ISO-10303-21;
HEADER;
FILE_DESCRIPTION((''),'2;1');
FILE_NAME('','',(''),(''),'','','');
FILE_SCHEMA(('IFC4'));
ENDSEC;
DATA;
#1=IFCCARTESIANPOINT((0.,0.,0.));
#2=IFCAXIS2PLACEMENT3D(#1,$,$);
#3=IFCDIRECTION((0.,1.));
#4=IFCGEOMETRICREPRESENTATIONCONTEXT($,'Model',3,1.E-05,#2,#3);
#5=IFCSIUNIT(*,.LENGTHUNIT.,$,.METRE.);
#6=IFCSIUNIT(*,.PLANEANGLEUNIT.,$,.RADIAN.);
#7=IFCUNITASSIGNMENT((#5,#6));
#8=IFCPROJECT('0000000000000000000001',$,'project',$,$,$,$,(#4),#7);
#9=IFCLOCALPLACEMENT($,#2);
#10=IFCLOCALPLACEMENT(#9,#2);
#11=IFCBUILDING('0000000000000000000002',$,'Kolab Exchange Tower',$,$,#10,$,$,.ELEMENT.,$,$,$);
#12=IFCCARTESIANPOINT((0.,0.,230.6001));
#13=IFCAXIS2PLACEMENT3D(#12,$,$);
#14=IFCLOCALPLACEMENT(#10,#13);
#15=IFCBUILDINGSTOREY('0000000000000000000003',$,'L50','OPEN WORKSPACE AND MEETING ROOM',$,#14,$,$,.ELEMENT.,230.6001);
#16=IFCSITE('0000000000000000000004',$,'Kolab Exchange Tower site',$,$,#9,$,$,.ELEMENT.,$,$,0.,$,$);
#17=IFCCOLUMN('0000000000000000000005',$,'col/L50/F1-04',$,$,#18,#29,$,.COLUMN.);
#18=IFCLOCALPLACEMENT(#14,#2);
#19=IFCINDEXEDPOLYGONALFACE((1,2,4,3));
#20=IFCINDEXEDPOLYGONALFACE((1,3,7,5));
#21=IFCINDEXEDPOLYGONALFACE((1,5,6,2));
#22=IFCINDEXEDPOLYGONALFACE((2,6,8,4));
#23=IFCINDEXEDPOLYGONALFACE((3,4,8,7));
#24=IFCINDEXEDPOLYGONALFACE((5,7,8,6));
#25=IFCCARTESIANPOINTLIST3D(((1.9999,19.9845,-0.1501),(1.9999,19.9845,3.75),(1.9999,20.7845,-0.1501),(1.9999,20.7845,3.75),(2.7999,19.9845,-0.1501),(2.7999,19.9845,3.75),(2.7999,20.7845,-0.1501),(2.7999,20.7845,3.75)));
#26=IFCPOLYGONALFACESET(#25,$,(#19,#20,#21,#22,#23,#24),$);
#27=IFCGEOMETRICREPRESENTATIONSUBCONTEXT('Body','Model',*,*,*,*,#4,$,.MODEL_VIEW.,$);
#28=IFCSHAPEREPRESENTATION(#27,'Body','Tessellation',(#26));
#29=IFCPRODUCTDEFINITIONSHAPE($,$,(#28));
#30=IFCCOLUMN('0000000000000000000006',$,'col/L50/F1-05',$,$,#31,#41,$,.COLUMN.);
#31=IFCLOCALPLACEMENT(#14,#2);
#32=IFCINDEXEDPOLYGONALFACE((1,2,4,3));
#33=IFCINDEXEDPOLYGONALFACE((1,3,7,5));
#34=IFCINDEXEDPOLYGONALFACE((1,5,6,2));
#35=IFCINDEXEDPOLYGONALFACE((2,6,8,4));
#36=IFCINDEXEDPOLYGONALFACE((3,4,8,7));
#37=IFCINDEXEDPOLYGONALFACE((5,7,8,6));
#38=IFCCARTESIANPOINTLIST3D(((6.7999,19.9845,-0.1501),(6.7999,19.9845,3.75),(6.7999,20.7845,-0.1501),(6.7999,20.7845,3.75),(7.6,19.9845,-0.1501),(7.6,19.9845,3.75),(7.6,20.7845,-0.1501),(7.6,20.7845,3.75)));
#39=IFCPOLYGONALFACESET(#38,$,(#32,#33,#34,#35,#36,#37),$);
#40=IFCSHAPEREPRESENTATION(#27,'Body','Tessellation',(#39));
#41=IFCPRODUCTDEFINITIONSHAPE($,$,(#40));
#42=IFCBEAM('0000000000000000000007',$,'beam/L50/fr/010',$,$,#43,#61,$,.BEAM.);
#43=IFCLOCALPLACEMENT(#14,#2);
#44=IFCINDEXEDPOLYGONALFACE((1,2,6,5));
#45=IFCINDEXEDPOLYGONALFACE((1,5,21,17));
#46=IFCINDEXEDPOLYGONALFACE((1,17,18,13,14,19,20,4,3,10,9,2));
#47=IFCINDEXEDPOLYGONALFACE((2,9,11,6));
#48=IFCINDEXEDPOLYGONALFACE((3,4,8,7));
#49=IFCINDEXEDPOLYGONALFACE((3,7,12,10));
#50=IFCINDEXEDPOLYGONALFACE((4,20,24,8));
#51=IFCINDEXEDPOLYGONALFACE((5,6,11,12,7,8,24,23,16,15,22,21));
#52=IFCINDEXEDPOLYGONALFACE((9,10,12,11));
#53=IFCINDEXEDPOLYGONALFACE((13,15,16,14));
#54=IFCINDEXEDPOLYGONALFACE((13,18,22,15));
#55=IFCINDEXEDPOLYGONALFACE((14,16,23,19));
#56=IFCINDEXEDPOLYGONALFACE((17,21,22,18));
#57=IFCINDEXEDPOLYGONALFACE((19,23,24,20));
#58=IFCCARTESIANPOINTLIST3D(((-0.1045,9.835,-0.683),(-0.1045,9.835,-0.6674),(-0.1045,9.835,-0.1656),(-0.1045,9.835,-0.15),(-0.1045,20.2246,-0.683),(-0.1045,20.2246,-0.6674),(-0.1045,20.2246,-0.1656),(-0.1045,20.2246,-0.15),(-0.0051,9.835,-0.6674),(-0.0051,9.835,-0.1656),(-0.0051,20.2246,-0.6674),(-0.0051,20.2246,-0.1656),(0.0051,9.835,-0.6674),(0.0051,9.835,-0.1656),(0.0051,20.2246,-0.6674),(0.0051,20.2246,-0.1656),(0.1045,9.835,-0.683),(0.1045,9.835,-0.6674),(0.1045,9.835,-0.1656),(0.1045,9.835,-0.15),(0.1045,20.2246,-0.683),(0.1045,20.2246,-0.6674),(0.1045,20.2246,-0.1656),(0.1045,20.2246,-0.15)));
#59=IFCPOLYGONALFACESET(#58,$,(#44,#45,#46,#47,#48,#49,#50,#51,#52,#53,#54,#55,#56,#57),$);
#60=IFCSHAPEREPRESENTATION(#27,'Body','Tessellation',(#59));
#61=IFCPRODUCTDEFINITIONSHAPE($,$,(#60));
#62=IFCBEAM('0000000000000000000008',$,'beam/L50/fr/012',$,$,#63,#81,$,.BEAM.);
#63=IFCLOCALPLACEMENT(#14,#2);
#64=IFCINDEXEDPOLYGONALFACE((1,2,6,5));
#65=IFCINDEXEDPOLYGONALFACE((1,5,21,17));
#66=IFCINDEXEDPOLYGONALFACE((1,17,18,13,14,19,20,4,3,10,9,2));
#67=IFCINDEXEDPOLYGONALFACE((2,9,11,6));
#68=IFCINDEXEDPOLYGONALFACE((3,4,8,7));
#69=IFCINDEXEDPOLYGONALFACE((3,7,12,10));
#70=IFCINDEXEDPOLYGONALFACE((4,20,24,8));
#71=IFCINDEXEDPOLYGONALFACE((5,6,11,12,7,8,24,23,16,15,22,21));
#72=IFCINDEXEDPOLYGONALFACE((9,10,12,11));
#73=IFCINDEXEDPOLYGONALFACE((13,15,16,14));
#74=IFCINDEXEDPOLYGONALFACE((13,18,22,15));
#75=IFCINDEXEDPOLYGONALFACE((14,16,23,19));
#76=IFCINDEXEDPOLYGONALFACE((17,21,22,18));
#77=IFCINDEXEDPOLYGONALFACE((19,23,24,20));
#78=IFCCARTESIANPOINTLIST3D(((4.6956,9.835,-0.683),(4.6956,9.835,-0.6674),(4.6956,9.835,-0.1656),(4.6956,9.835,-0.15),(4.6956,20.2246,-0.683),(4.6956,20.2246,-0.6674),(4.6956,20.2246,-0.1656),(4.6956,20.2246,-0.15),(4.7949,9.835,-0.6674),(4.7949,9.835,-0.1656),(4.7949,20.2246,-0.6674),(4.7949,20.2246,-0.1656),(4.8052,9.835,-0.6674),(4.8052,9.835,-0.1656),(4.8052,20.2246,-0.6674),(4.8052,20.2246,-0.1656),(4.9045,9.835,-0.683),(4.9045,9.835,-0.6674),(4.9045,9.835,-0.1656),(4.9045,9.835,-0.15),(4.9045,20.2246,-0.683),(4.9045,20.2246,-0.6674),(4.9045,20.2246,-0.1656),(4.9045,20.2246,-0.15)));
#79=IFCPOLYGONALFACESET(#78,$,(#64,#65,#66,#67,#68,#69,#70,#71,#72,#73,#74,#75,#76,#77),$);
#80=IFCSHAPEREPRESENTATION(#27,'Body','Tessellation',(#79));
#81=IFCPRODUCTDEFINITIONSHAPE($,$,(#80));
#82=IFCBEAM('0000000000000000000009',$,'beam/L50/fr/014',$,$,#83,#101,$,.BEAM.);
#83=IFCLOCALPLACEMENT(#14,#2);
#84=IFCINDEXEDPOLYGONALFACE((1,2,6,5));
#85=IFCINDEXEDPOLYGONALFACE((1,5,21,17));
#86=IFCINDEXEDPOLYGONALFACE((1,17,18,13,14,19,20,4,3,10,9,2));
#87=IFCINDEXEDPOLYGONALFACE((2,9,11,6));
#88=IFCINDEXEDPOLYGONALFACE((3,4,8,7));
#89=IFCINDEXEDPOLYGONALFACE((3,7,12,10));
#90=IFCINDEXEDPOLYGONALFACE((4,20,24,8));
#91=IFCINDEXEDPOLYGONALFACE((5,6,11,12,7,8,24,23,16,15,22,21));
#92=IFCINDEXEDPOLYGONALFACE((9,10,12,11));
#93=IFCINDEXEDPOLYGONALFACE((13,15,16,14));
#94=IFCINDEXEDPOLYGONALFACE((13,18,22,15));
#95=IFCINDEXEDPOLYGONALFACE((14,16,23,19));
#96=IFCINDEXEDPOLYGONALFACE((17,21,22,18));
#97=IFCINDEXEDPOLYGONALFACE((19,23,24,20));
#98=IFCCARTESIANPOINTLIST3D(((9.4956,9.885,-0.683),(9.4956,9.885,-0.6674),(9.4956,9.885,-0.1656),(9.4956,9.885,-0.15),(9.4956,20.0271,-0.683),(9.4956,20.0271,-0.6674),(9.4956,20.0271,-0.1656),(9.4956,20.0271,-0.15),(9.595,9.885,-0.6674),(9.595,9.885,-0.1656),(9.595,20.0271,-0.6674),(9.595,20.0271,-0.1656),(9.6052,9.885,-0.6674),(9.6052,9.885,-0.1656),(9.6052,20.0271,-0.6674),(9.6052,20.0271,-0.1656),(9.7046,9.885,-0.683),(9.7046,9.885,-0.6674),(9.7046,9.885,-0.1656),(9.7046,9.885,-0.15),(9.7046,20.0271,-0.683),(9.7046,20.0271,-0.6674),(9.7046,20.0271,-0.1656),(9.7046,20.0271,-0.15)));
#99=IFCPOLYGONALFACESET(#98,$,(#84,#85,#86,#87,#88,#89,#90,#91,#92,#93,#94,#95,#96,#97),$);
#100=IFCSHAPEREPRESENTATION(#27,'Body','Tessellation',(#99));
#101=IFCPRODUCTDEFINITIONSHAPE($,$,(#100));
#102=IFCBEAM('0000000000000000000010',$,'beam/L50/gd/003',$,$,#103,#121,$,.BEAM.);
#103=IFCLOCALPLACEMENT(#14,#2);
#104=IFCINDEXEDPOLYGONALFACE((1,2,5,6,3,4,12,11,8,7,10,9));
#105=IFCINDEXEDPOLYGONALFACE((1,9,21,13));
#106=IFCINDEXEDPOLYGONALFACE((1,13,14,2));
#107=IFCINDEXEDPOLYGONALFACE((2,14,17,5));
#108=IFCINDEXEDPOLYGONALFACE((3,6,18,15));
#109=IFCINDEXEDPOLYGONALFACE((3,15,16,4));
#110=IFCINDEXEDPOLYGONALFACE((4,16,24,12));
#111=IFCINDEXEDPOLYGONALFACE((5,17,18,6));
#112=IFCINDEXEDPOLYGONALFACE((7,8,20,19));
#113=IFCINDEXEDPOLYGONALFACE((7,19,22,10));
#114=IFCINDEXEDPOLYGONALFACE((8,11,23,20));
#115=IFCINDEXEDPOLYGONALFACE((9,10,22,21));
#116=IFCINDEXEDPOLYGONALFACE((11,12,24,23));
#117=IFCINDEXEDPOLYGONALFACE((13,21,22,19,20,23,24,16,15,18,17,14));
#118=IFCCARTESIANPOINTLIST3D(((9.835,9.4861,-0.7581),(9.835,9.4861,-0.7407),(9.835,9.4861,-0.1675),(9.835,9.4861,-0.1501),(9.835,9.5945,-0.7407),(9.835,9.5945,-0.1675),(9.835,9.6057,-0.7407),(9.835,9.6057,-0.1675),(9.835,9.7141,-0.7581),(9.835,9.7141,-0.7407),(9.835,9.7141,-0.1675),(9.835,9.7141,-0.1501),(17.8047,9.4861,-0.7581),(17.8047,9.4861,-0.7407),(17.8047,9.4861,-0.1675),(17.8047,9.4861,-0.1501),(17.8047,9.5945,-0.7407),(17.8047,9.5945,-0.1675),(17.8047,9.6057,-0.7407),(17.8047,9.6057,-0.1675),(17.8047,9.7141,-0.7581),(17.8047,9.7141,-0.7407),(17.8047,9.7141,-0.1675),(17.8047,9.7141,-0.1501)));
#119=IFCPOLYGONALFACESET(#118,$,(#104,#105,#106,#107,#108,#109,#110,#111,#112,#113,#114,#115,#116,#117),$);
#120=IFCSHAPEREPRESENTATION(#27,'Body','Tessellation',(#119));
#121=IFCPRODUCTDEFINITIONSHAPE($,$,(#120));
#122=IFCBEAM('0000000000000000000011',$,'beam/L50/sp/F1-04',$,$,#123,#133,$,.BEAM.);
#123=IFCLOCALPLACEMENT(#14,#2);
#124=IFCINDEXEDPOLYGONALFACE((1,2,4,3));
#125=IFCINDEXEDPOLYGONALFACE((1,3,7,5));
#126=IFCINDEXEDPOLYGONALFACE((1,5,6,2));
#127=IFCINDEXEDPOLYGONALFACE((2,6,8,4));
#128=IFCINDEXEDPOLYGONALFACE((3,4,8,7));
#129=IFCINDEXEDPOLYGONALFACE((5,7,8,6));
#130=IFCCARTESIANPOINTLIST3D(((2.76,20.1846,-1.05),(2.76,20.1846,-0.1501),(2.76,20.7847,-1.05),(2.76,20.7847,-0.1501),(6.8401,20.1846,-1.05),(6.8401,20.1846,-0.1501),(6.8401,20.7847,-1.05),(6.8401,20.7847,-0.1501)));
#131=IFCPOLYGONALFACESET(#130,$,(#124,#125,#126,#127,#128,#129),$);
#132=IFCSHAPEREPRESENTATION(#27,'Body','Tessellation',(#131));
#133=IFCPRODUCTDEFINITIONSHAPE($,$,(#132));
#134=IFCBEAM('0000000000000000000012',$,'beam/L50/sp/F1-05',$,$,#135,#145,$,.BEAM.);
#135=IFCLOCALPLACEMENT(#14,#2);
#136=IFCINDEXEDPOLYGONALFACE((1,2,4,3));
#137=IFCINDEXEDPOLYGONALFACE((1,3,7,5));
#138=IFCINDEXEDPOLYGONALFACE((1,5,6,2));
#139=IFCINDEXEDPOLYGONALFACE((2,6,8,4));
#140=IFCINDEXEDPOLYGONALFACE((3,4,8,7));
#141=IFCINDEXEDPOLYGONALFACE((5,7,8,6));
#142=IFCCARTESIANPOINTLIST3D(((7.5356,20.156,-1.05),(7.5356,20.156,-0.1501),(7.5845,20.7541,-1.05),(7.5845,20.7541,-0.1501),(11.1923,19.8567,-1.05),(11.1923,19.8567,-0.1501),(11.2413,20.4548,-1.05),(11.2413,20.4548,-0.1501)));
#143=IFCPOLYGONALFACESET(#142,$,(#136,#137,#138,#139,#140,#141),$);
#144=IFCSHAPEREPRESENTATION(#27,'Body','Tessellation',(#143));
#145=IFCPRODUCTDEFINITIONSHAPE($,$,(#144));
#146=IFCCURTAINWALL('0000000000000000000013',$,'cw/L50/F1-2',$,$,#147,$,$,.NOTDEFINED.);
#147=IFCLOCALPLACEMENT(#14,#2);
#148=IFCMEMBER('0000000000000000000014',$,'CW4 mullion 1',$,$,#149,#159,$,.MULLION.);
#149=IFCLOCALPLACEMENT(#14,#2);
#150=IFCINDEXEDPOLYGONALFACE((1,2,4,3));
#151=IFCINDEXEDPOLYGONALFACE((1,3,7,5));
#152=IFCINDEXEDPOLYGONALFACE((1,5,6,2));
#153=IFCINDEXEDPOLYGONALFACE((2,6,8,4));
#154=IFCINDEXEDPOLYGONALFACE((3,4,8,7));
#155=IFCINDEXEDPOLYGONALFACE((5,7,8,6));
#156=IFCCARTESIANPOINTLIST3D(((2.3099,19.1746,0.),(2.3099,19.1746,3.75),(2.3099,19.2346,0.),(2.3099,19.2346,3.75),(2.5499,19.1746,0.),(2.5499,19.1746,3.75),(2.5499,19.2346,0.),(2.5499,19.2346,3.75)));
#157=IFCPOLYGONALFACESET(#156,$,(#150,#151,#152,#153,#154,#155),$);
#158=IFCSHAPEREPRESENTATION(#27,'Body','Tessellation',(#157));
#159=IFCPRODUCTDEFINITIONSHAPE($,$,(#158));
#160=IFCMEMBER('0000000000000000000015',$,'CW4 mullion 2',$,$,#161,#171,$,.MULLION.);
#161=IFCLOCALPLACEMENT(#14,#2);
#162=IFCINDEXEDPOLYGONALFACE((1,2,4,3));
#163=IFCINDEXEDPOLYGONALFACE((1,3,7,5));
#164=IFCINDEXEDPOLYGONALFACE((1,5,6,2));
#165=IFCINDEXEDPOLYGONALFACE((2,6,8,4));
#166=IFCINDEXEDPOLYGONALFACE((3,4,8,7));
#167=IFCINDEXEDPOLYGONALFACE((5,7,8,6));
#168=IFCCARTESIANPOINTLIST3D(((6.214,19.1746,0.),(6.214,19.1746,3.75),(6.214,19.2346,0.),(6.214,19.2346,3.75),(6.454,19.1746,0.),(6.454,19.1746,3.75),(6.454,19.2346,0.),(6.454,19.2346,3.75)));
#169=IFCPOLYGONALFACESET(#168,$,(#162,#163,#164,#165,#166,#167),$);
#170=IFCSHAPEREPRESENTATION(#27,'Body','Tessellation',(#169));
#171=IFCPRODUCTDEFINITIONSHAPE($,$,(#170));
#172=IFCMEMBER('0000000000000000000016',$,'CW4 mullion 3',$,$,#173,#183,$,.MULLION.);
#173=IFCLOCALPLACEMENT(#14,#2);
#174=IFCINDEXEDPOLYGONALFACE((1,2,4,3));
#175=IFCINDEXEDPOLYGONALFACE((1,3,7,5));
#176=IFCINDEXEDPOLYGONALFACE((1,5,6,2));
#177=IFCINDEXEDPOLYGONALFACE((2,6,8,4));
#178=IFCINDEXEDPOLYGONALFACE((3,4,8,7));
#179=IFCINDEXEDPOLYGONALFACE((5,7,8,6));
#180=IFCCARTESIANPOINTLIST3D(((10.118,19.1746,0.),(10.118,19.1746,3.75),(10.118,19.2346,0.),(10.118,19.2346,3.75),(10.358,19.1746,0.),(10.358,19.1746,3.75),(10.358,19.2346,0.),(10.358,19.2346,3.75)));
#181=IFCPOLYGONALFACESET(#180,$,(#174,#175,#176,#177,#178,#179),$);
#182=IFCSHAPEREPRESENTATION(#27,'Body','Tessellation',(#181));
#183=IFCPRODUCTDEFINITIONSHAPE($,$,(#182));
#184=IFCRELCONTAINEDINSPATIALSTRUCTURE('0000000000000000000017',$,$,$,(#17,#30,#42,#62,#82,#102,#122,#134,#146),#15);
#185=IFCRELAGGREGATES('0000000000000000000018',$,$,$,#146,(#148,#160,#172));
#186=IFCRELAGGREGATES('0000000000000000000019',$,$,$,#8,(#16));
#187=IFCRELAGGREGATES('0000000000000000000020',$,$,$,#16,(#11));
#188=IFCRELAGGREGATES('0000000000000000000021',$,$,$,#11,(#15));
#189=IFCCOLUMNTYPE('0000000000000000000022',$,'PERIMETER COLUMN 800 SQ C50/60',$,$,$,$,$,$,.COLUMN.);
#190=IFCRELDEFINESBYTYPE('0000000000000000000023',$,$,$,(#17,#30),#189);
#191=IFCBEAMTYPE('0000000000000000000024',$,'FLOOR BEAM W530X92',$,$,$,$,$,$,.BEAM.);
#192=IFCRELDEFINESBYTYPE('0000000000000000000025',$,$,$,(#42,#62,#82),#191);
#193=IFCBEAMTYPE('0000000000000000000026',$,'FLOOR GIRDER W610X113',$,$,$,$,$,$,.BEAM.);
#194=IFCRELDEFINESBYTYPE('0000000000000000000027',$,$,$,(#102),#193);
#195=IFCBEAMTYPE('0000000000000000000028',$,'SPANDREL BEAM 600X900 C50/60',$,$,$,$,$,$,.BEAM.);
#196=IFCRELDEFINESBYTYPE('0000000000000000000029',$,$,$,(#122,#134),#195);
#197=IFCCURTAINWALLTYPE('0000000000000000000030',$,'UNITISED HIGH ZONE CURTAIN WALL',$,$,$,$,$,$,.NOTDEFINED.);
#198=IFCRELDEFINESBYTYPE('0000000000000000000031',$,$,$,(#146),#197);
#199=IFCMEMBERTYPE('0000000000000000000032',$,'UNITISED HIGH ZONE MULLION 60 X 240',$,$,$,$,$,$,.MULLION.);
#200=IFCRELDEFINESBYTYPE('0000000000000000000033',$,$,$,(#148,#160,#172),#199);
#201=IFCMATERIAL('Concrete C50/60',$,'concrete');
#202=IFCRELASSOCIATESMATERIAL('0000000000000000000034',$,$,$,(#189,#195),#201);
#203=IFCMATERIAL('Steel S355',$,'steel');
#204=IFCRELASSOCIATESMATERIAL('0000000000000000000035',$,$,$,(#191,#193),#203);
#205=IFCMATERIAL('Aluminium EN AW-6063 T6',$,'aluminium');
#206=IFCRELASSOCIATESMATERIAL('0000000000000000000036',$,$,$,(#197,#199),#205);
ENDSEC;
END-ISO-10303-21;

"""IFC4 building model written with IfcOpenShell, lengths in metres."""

from ifc_helpers import new_model, si_unit, direction, frame, origin, origin_2d, place, context, subcontext, project, spatial, rectangle, i_section, extrude, material, material_profile, profile_set, type_object, element, aggregate, save


model = new_model("IFC4")

# Units and contexts
model_context = context("Model", 3, precision=1e-05, world=origin(), true_north=direction((0.0, 1.0)))
body_context = subcontext(model_context, "Body", "Model", "MODEL_VIEW")
ifc_project = project(units=[si_unit("LENGTHUNIT", "METRE"), si_unit("PLANEANGLEUNIT", "RADIAN")], contexts=[model_context])

# Site, building, storey
site_placement = place(None, origin())
site = spatial("IfcSite", under=ifc_project, at=site_placement, Name="Kolab Exchange Tower site", CompositionType="ELEMENT", RefElevation=0.0)
building_placement = place(site_placement, origin())
building = spatial("IfcBuilding", under=site, at=building_placement, Name="Kolab Exchange Tower", CompositionType="ELEMENT")
storey_placement = place(building_placement, frame((0.0, 0.0, 230.6001)))
storey = spatial("IfcBuildingStorey", under=building, at=storey_placement, Name="L50", Description="OPEN WORKSPACE AND MEETING ROOM", CompositionType="ELEMENT", Elevation=230.6001)

# Columns
ifc_material_1 = material(Name="Concrete C50/60", Category="concrete")
ifc_material_profile_1 = material_profile(ifc_material_1, rectangle(XDim=0.8, YDim=0.8, at=origin_2d()), Name="RC800")
ifc_profile_set_1 = profile_set([ifc_material_profile_1], Name="Concrete C50/60")
column_type = type_object("IfcColumnType", Name="PERIMETER COLUMN 800 SQ C50/60", PredefinedType="COLUMN", material=ifc_profile_set_1)
for number, where, z_axis, x_axis, name in (
    (1, (2.3999, 20.3845, -0.1501), (0.0, 0.0, 1.0), (1.0, 0.0, 0.0), "col/L50/F1-04"),
    (2, (7.2, 20.3845, -0.1501), (0.0, 0.0, 1.0), (1.0, 0.0, 0.0), "col/L50/F1-05"),
):
    element("IfcColumn", number, at=place(storey_placement, frame(where, z_axis=z_axis, x_axis=x_axis)), inside=storey, type_object=column_type, Name=name, PredefinedType="COLUMN", context=body_context, shape_type="SweptSolid", body=[
        extrude(rectangle(XDim=0.8, YDim=0.8, at=origin_2d()), origin(), (0.0, 0.0, 1.0), 3.9001),
    ])

# Beams
ifc_material_2 = material(Name="Steel S355", Category="steel")
ifc_material_profile_2 = material_profile(ifc_material_2, i_section(OverallWidth=0.209, OverallDepth=0.533, WebThickness=0.0103, FlangeThickness=0.0156, at=origin_2d()), Name="W530X92")
ifc_profile_set_2 = profile_set([ifc_material_profile_2], Name="Steel S355")
beam_type_1 = type_object("IfcBeamType", Name="FLOOR BEAM W530X92", PredefinedType="BEAM", material=ifc_profile_set_2)
for number, where, z_axis, x_axis, name in (
    (3, (0.0, 9.835, -0.4165), (0.0, 1.0, 0.0), (-1.0, 0.0, 0.0), "beam/L50/fr/010"),
    (4, (4.8, 9.835, -0.4165), (0.0, 1.0, 0.0), (-1.0, 0.0, 0.0), "beam/L50/fr/012"),
):
    element("IfcBeam", number, at=place(storey_placement, frame(where, z_axis=z_axis, x_axis=x_axis)), inside=storey, type_object=beam_type_1, Name=name, PredefinedType="BEAM", context=body_context, shape_type="SweptSolid", body=[
        extrude(i_section(OverallWidth=0.209, OverallDepth=0.533, WebThickness=0.0103, FlangeThickness=0.0156, at=origin_2d()), origin(), (0.0, 0.0, 1.0), 10.3896),
    ])
beam_1_placement = place(storey_placement, frame((9.6001, 9.885, -0.4165), z_axis=(0.0, 1.0, 0.0), x_axis=(-1.0, 0.0, 0.0)))
element("IfcBeam", 5, at=beam_1_placement, inside=storey, type_object=beam_type_1, Name="beam/L50/fr/014", PredefinedType="BEAM", context=body_context, shape_type="SweptSolid", body=[
    extrude(i_section(OverallWidth=0.209, OverallDepth=0.533, WebThickness=0.0103, FlangeThickness=0.0156, at=origin_2d()), origin(), (0.0, 0.0, 1.0), 10.1421),
])
ifc_material_profile_3 = material_profile(ifc_material_2, i_section(OverallWidth=0.228, OverallDepth=0.6079, WebThickness=0.0112, FlangeThickness=0.0173, at=origin_2d()), Name="W610X113")
ifc_profile_set_3 = profile_set([ifc_material_profile_3], Name="Steel S355")
beam_type_2 = type_object("IfcBeamType", Name="FLOOR GIRDER W610X113", PredefinedType="BEAM", material=ifc_profile_set_3)
beam_2_placement = place(storey_placement, frame((9.835, 9.6001, -0.4541), z_axis=(1.0, 0.0, 0.0), x_axis=(0.0, 1.0, 0.0)))
element("IfcBeam", 6, at=beam_2_placement, inside=storey, type_object=beam_type_2, Name="beam/L50/gd/003", PredefinedType="BEAM", context=body_context, shape_type="SweptSolid", body=[
    extrude(i_section(OverallWidth=0.228, OverallDepth=0.6079, WebThickness=0.0112, FlangeThickness=0.0173, at=origin_2d()), origin(), (0.0, 0.0, 1.0), 7.9697),
])
ifc_material_profile_4 = material_profile(ifc_material_1, rectangle(XDim=0.6001, YDim=0.8999, at=origin_2d()), Name="RC600X900")
ifc_profile_set_4 = profile_set([ifc_material_profile_4], Name="Concrete C50/60")
beam_type_3 = type_object("IfcBeamType", Name="SPANDREL BEAM 600X900 C50/60", PredefinedType="BEAM", material=ifc_profile_set_4)
beam_3_placement = place(storey_placement, frame((2.76, 20.4846, -0.6001), z_axis=(1.0, 0.0, 0.0), x_axis=(0.0, 1.0, 0.0)))
element("IfcBeam", 7, at=beam_3_placement, inside=storey, type_object=beam_type_3, Name="beam/L50/sp/F1-04", PredefinedType="BEAM", context=body_context, shape_type="SweptSolid", body=[
    extrude(rectangle(XDim=0.6001, YDim=0.8999, at=origin_2d()), origin(), (0.0, 0.0, 1.0), 4.0801),
])
beam_4_placement = place(storey_placement, frame((7.5601, 20.4551, -0.6001), z_axis=(0.996667, -0.081581, 0.0), x_axis=(0.081581, 0.996667, 0.0)))
element("IfcBeam", 8, at=beam_4_placement, inside=storey, type_object=beam_type_3, Name="beam/L50/sp/F1-05", PredefinedType="BEAM", context=body_context, shape_type="SweptSolid", body=[
    extrude(rectangle(XDim=0.6001, YDim=0.8999, at=origin_2d()), origin(), (0.0, 0.0, 1.0), 3.6689),
])

# Curtain wall, members
ifc_material_3 = material(Name="Aluminium EN AW-6063 T6", Category="aluminium")
curtain_wall_type = type_object("IfcCurtainWallType", Name="UNITISED HIGH ZONE CURTAIN WALL", PredefinedType="NOTDEFINED", material=ifc_material_3)
curtain_wall_placement = place(storey_placement, origin())
curtain_wall = element("IfcCurtainWall", 9, at=curtain_wall_placement, inside=storey, type_object=curtain_wall_type, Name="cw/L50/F1-2", PredefinedType="NOTDEFINED")
ifc_material_profile_5 = material_profile(ifc_material_3, rectangle(XDim=0.0601, YDim=0.24, at=origin_2d()), Name="RECT 60X240")
ifc_profile_set_5 = profile_set([ifc_material_profile_5], Name="Aluminium EN AW-6063 T6")
member_type_1 = type_object("IfcMemberType", Name="UNITISED HIGH ZONE MULLION 60 X 240", PredefinedType="MULLION", material=ifc_profile_set_5)
member_1_placement = place(storey_placement, frame((2.4299, 19.2046, 0.0), z_axis=(0.0, 0.0, 1.0), x_axis=(0.0, 1.0, 0.0)))
member_1 = element("IfcMember", 10, at=member_1_placement, type_object=member_type_1, Name="CW4 mullion 1", PredefinedType="MULLION", context=body_context, shape_type="SweptSolid", body=[
    extrude(rectangle(XDim=0.0601, YDim=0.24, at=origin_2d()), origin(), (0.0, 0.0, 1.0), 3.75),
])
member_2_placement = place(storey_placement, frame((6.334, 19.2046, 0.0), z_axis=(0.0, 0.0, 1.0), x_axis=(0.0, 1.0, 0.0)))
member_2 = element("IfcMember", 11, at=member_2_placement, type_object=member_type_1, Name="CW4 mullion 2", PredefinedType="MULLION", context=body_context, shape_type="SweptSolid", body=[
    extrude(rectangle(XDim=0.0601, YDim=0.24, at=origin_2d()), origin(), (0.0, 0.0, 1.0), 3.75),
])
member_3_placement = place(storey_placement, frame((10.238, 19.2046, 0.0), z_axis=(0.0, 0.0, 1.0), x_axis=(0.0, 1.0, 0.0)))
member_3 = element("IfcMember", 12, at=member_3_placement, type_object=member_type_1, Name="CW4 mullion 3", PredefinedType="MULLION", context=body_context, shape_type="SweptSolid", body=[
    extrude(rectangle(XDim=0.0601, YDim=0.24, at=origin_2d()), origin(), (0.0, 0.0, 1.0), 3.75),
])
aggregate(curtain_wall, [member_1, member_2, member_3])

save(model, "model.ifc")
